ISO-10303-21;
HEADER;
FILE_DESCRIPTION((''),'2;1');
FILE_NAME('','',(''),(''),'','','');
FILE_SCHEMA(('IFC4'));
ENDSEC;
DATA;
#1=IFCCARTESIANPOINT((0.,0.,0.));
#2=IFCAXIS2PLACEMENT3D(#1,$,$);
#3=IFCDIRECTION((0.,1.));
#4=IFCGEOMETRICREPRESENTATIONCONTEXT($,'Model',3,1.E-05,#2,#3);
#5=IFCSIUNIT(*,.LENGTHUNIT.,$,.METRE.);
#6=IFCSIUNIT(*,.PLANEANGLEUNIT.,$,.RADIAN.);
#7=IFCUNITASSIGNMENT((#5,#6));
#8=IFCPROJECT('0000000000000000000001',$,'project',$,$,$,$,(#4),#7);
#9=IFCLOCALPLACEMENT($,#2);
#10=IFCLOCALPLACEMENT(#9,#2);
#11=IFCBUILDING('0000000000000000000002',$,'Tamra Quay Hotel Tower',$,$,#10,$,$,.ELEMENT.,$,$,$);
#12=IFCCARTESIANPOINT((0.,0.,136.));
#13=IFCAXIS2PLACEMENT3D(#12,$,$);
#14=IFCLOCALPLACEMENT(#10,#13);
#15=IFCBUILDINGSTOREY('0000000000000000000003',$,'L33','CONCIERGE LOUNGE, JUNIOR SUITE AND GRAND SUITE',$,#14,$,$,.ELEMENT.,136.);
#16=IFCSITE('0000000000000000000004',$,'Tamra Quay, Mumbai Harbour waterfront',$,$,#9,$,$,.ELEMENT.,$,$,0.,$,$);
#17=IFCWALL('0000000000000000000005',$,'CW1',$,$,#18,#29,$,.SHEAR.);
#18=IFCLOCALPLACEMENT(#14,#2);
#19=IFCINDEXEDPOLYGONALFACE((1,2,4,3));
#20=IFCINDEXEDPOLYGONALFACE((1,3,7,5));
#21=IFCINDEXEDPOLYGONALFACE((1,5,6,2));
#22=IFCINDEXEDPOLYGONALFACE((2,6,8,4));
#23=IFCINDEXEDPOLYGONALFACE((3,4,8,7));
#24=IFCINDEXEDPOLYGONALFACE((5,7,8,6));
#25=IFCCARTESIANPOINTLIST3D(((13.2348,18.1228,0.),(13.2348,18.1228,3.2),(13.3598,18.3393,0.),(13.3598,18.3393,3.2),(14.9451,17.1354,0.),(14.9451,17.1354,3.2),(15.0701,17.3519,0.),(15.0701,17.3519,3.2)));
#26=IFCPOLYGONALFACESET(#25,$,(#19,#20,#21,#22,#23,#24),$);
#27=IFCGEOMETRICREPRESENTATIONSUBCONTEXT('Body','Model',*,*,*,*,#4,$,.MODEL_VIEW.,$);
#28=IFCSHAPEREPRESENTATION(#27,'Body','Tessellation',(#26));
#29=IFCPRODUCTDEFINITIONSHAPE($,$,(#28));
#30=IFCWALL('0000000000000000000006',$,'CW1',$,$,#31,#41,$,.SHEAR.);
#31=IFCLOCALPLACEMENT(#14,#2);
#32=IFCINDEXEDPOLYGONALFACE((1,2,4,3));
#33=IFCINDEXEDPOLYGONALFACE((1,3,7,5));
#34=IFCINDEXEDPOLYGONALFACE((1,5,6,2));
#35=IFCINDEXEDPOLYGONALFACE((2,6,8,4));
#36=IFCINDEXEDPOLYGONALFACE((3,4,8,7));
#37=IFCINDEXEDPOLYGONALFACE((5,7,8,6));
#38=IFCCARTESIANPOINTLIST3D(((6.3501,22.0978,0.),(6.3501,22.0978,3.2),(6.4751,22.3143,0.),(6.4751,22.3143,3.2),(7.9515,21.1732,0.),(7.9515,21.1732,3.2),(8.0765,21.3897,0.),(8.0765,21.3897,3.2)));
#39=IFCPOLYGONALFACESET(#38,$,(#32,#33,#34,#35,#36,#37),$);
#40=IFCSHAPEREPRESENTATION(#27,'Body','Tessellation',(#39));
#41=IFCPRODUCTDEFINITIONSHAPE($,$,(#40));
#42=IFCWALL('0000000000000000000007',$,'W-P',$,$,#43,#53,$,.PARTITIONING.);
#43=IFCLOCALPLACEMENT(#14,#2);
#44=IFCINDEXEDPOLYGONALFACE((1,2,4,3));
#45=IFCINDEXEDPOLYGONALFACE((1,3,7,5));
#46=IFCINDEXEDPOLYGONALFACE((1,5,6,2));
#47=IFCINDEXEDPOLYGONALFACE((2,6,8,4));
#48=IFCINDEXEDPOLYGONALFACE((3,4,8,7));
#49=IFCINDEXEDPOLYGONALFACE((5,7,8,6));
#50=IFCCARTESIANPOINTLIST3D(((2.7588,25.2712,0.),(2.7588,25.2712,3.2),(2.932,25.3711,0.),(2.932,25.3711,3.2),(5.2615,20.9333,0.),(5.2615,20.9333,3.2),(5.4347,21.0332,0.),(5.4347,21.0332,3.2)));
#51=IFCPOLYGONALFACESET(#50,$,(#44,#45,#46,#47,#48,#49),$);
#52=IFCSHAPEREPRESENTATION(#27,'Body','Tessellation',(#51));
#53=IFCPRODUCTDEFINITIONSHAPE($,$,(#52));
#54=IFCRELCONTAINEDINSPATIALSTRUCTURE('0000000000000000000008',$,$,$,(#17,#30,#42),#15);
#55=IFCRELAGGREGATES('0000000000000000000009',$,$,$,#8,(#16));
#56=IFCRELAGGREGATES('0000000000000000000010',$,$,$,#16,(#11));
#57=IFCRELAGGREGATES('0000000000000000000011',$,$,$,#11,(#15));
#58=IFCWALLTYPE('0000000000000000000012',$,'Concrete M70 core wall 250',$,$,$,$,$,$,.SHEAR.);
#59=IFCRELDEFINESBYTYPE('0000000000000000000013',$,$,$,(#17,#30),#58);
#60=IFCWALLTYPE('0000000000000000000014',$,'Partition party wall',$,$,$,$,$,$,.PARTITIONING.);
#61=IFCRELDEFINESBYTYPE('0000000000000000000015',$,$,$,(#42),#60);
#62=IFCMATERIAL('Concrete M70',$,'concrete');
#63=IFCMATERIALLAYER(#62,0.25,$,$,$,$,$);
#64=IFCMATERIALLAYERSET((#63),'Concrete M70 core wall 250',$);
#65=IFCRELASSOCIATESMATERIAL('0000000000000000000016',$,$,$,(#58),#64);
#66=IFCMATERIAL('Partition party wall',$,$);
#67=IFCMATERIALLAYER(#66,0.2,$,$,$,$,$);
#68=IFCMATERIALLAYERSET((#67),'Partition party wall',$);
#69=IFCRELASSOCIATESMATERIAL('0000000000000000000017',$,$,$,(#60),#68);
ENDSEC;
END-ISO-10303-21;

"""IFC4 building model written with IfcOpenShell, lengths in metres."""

from ifc_helpers import new_model, si_unit, direction, frame, frame_2d, origin, place, context, subcontext, project, spatial, rectangle, extrude, material, layer, layer_set, type_object, element, save


model = new_model("IFC4")

# Units and contexts
model_context = context("Model", 3, precision=1e-05, world=origin(), true_north=direction((0.0, 1.0)))
body_context = subcontext(model_context, "Body", "Model", "MODEL_VIEW")
ifc_project = project(units=[si_unit("LENGTHUNIT", "METRE"), si_unit("PLANEANGLEUNIT", "RADIAN")], contexts=[model_context])

# Site, building, storey
site_placement = place(None, origin())
site = spatial("IfcSite", under=ifc_project, at=site_placement, Name="Tamra Quay, Mumbai Harbour waterfront", CompositionType="ELEMENT", RefElevation=0.0)
building_placement = place(site_placement, origin())
building = spatial("IfcBuilding", under=site, at=building_placement, Name="Tamra Quay Hotel Tower", CompositionType="ELEMENT")
storey_placement = place(building_placement, frame((0.0, 0.0, 136.0)))
storey = spatial("IfcBuildingStorey", under=building, at=storey_placement, Name="L33", Description="CONCIERGE LOUNGE, JUNIOR SUITE AND GRAND SUITE", CompositionType="ELEMENT", Elevation=136.0)

# Shared definitions
ifc_material_1 = material(Name="Concrete M70", Category="concrete")

# Walls
ifc_layer_1 = layer(ifc_material_1, 0.25)
ifc_layer_set_1 = layer_set([ifc_layer_1], Name="Concrete M70 core wall 250")
wall_type_1 = type_object("IfcWallType", Name="Concrete M70 core wall 250", PredefinedType="SHEAR", material=ifc_layer_set_1)
wall_1_placement = place(storey_placement, frame((13.2974, 18.231, 0.0), z_axis=(0.0, 0.0, 1.0), x_axis=(0.866044, -0.499969, 0.0)))
element("IfcWall", 1, at=wall_1_placement, inside=storey, type_object=wall_type_1, Name="CW1", PredefinedType="SHEAR", context=body_context, shape_type="SweptSolid", body=[
    extrude(rectangle(XDim=1.9749, YDim=0.25, at=frame_2d((0.9873, 0.0))), origin(), (0.0, 0.0, 1.0), 3.2),
])
wall_2_placement = place(storey_placement, frame((6.4126, 22.2061, 0.0), z_axis=(0.0, 0.0, 1.0), x_axis=(0.866016, -0.500016, 0.0)))
element("IfcWall", 2, at=wall_2_placement, inside=storey, type_object=wall_type_1, Name="CW1", PredefinedType="SHEAR", context=body_context, shape_type="SweptSolid", body=[
    extrude(rectangle(XDim=1.8491, YDim=0.25, at=frame_2d((0.9246, 0.0))), origin(), (0.0, 0.0, 1.0), 3.2),
])
ifc_material_2 = material(Name="Partition party wall")
ifc_layer_2 = layer(ifc_material_2, 0.2)
ifc_layer_set_2 = layer_set([ifc_layer_2], Name="Partition party wall")
wall_type_2 = type_object("IfcWallType", Name="Partition party wall", PredefinedType="PARTITIONING", material=ifc_layer_set_2)
wall_3_placement = place(storey_placement, frame((2.8455, 25.321, 0.0), z_axis=(0.0, 0.0, 1.0), x_axis=(0.499731, -0.866181, 0.0)))
element("IfcWall", 3, at=wall_3_placement, inside=storey, type_object=wall_type_2, Name="W-P", PredefinedType="PARTITIONING", context=body_context, shape_type="SweptSolid", body=[
    extrude(rectangle(XDim=5.0081, YDim=0.2, at=frame_2d((2.5039, 0.0))), origin(), (0.0, 0.0, 1.0), 3.2),
])

save(model, "model.ifc")
